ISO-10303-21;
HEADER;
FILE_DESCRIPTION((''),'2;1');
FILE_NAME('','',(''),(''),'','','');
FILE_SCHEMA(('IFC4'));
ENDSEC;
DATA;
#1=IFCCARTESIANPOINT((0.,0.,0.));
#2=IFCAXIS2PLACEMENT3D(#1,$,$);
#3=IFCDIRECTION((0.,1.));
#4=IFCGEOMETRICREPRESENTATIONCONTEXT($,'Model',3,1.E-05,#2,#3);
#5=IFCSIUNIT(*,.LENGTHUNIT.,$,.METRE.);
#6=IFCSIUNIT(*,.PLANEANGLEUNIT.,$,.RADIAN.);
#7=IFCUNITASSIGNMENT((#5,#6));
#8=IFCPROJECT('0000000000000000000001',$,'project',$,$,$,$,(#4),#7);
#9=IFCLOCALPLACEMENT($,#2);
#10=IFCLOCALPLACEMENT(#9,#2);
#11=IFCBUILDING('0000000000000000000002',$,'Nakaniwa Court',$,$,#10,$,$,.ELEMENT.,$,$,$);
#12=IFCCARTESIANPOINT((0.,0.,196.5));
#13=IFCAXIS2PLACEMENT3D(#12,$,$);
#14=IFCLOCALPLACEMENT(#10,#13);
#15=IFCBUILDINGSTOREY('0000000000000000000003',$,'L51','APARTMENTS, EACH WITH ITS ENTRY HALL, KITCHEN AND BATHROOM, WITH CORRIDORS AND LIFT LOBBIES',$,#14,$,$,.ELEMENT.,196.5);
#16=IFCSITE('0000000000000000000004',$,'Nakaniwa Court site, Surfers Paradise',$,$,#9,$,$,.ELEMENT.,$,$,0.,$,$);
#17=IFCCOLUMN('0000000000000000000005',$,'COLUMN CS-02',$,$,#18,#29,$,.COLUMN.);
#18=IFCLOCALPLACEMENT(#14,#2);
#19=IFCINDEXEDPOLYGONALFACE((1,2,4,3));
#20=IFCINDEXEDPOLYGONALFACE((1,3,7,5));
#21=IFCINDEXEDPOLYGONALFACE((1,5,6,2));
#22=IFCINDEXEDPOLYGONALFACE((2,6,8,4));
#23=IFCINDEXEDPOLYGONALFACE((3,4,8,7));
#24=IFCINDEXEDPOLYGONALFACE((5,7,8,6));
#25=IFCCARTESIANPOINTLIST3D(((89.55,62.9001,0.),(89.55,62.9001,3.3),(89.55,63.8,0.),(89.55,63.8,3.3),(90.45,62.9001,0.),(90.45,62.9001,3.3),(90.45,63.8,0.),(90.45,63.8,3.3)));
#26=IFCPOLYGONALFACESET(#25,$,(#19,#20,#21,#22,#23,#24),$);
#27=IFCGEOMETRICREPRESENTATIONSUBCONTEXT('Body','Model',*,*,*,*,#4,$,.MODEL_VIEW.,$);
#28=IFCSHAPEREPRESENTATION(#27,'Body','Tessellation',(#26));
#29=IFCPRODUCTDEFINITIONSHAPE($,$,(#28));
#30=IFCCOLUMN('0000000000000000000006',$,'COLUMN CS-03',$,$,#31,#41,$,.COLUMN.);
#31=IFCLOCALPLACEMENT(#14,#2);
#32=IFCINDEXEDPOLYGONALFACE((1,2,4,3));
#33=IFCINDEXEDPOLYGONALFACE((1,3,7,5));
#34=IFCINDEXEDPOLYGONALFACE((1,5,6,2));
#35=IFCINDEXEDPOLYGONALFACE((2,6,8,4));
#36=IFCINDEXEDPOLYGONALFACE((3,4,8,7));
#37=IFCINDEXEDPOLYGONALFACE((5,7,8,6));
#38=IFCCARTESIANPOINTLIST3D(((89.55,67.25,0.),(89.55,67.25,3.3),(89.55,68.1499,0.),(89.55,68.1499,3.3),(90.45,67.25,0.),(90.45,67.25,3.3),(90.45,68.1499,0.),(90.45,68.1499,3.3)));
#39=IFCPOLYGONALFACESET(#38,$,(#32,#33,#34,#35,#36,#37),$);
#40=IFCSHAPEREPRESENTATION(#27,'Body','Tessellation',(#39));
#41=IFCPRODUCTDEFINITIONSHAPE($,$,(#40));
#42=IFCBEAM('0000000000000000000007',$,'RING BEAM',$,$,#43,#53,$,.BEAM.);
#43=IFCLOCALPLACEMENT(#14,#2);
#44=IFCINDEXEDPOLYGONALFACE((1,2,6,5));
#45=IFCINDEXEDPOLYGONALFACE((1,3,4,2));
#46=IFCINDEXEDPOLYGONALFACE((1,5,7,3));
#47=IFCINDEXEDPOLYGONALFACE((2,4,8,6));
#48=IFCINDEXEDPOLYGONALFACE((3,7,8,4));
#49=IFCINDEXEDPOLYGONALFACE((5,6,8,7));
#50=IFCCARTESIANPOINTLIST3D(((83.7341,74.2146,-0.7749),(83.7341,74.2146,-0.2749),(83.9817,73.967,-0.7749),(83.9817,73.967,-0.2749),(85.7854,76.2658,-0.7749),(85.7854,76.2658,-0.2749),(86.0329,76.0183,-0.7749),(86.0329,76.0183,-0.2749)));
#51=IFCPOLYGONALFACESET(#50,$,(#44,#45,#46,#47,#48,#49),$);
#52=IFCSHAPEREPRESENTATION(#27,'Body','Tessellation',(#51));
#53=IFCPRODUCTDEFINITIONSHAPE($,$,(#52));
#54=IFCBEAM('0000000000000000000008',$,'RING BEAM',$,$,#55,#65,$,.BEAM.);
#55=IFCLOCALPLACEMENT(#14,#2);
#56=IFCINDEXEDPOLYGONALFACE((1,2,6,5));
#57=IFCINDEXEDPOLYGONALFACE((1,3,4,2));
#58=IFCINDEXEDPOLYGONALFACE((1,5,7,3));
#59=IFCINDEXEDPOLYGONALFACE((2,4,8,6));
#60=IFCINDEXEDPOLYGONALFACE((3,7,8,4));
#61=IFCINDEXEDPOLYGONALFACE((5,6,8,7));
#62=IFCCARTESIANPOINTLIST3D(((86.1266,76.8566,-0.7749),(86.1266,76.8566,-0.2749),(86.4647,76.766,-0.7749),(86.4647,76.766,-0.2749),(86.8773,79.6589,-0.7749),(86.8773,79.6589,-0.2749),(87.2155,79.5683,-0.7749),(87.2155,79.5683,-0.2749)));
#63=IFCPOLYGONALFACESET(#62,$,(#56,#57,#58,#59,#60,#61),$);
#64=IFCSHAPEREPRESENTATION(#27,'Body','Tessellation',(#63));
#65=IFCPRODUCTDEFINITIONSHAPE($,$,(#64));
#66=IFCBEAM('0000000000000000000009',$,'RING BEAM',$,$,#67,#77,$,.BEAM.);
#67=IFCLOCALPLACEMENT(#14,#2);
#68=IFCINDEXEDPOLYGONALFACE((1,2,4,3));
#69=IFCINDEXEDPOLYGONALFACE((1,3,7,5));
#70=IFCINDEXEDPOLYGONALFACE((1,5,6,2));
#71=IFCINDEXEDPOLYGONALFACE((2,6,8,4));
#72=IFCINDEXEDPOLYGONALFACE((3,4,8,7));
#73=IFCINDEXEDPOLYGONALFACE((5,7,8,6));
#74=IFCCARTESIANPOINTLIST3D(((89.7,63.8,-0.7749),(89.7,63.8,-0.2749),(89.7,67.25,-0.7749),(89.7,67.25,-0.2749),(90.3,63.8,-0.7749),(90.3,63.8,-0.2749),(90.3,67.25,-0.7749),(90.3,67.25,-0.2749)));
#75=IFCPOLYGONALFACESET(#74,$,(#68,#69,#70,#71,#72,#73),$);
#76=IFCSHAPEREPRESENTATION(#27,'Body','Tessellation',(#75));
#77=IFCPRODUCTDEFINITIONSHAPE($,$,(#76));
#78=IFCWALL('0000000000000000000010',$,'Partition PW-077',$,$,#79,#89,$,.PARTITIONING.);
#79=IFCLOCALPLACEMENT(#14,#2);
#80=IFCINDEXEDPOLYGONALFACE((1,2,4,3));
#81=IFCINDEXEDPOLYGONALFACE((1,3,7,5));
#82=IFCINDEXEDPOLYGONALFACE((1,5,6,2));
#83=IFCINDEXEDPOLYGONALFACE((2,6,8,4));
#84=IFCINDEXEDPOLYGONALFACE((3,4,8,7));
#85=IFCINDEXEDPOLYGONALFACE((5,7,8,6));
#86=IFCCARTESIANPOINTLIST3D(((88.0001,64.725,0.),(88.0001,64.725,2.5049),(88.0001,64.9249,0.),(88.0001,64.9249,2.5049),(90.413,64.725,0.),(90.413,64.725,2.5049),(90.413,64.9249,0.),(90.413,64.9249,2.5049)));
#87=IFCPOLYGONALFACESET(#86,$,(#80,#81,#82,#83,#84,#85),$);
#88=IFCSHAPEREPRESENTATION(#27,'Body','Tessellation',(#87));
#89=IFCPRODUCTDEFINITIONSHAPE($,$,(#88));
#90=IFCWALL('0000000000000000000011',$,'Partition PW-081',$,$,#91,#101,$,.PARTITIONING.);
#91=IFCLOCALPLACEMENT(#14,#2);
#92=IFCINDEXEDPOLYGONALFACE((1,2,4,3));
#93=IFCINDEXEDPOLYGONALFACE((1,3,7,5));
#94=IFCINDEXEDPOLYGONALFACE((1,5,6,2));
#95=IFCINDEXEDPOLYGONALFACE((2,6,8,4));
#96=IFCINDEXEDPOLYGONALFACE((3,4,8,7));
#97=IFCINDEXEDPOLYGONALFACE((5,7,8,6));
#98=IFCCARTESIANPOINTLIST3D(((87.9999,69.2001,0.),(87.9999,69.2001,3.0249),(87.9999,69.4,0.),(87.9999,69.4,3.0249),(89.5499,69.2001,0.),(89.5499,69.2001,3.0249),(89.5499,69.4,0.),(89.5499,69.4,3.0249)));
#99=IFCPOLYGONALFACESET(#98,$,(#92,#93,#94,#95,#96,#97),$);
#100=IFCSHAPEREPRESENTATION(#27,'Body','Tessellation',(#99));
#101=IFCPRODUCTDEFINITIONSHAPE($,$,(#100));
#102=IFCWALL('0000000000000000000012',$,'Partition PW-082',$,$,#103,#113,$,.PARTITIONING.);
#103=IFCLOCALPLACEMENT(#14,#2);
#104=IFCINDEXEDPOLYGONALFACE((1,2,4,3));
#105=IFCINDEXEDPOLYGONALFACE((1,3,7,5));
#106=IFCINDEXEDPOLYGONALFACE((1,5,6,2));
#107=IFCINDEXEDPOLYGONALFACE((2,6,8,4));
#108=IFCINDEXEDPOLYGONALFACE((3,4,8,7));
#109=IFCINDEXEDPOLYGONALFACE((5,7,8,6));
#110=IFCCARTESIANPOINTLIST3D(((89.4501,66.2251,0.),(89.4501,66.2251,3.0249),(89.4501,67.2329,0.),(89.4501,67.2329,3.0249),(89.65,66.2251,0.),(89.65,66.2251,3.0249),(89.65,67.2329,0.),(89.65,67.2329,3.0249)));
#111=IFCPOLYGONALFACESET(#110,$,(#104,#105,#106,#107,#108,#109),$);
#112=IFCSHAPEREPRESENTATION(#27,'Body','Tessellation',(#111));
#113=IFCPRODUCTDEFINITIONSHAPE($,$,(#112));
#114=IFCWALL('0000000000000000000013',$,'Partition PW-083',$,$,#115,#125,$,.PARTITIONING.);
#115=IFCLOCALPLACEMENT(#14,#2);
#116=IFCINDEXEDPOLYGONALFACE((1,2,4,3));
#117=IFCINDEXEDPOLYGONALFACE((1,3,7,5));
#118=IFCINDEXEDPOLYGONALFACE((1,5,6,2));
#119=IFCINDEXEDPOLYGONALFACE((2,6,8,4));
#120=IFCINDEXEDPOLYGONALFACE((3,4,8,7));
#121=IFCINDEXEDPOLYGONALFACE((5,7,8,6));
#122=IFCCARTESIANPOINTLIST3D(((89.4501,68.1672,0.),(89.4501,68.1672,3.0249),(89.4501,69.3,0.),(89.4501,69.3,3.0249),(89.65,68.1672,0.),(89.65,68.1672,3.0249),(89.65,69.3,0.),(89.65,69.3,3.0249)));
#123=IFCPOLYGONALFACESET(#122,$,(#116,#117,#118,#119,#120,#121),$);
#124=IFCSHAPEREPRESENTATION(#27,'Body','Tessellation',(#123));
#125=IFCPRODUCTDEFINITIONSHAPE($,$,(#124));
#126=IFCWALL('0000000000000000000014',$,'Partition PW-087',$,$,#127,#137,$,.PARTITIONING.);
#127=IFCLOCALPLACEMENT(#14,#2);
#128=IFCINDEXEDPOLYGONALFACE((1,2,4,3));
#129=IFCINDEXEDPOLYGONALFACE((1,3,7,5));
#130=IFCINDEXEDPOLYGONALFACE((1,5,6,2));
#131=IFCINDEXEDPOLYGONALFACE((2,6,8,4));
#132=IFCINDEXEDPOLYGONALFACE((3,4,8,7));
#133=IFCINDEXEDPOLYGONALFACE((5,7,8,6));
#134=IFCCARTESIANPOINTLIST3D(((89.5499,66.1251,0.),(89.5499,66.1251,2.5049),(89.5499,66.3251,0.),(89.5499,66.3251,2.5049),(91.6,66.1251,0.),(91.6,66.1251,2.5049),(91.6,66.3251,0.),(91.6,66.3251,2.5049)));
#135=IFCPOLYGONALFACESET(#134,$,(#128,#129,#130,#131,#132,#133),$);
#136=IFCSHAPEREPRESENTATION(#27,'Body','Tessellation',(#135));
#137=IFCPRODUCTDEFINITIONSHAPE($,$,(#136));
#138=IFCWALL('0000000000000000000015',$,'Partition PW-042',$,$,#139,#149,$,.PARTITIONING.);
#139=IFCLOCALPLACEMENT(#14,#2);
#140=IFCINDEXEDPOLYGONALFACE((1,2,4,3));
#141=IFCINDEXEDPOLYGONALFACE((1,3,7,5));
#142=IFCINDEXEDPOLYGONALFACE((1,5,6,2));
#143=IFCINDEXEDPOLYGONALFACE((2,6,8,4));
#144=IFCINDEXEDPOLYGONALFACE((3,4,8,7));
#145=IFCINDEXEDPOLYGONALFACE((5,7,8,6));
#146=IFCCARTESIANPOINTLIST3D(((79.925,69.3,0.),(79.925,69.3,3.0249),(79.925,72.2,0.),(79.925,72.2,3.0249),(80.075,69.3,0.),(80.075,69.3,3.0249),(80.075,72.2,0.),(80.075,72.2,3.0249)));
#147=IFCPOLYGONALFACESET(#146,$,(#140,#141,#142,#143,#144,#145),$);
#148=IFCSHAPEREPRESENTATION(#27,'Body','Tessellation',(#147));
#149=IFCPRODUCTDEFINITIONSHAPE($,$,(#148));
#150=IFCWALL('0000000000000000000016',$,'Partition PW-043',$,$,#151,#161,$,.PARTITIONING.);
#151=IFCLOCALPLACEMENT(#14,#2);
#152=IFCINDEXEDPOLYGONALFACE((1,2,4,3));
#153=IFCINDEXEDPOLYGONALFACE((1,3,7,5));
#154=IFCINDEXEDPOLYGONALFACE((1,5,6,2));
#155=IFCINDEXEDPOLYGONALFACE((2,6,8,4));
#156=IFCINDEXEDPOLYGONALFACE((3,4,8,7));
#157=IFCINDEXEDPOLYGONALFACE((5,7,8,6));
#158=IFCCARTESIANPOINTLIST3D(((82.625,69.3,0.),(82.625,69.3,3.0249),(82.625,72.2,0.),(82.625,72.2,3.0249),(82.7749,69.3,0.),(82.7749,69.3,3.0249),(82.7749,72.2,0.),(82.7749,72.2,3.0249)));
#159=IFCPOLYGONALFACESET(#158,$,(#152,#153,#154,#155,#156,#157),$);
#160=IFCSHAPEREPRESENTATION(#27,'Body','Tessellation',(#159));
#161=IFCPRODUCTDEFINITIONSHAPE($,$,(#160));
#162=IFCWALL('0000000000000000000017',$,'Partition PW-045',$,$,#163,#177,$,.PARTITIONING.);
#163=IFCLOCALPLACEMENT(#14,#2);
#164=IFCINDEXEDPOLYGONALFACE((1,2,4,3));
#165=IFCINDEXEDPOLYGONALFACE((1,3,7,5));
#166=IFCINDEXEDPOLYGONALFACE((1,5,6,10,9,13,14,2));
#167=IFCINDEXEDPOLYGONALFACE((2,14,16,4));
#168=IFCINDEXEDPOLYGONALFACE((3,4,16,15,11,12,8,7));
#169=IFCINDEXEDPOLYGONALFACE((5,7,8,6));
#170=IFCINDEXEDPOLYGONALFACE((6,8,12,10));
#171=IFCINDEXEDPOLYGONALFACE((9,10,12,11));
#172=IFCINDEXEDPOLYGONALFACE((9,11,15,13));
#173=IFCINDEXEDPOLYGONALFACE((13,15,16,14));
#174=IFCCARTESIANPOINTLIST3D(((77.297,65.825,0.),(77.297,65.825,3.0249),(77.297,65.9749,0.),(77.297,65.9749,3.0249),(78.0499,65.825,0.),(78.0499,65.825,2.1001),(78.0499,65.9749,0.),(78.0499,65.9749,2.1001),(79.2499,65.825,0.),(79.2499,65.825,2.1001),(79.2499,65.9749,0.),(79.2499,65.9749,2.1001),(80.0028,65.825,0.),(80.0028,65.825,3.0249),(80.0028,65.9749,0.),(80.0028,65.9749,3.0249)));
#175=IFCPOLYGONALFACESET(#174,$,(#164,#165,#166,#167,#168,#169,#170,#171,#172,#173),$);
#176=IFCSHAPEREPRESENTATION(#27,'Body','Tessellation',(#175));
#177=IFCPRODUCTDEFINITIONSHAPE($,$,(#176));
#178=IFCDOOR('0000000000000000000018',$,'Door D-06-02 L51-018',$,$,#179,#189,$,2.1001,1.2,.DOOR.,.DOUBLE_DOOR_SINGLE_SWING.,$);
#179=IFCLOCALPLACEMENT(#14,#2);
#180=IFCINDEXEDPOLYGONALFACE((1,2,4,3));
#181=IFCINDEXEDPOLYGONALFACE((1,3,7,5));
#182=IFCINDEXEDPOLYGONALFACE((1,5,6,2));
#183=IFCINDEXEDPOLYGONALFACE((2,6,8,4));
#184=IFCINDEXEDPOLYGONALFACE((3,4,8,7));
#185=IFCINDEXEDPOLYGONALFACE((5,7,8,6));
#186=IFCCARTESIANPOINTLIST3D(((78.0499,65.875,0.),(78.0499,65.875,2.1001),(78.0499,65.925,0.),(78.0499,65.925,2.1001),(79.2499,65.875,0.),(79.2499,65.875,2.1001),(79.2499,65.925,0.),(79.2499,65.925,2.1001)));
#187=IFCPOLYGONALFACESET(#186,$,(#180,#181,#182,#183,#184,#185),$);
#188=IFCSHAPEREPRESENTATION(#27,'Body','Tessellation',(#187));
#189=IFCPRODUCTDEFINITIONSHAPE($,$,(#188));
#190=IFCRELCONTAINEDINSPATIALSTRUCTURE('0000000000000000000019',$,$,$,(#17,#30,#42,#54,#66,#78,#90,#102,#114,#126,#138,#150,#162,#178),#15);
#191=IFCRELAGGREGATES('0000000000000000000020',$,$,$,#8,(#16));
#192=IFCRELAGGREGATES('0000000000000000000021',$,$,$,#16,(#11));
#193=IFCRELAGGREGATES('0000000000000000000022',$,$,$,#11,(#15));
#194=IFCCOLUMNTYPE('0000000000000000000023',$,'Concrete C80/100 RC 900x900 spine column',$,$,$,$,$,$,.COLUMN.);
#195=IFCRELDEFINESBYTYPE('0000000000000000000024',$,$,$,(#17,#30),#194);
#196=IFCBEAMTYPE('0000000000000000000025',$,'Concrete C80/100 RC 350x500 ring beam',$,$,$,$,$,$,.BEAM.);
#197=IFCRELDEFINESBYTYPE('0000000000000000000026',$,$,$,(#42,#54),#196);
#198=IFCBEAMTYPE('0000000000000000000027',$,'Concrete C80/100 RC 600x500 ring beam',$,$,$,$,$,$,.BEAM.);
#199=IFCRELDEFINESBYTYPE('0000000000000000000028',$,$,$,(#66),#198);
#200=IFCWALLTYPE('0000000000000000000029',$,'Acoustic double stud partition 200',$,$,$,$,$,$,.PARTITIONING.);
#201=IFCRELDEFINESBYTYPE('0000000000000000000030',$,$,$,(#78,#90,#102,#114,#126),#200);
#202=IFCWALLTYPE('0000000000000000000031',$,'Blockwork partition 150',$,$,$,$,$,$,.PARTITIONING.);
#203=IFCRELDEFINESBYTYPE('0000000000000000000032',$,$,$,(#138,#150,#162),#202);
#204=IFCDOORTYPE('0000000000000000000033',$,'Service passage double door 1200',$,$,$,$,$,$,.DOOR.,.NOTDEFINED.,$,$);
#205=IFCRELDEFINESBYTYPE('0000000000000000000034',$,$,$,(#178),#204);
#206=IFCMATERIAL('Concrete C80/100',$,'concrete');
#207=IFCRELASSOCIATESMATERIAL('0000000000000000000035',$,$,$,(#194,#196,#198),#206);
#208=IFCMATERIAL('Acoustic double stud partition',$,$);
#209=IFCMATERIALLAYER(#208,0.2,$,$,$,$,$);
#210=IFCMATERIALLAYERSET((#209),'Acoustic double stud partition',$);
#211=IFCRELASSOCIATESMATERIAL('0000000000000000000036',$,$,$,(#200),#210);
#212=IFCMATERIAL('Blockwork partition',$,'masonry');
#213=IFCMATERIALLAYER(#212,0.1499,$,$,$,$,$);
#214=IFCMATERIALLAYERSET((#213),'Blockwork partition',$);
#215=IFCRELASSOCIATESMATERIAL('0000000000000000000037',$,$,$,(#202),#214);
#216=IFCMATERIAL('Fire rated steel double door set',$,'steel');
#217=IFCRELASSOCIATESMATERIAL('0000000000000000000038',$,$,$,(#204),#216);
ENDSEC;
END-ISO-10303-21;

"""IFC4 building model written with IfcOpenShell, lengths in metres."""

from ifc_helpers import new_model, si_unit, direction, frame, frame_2d, origin, origin_2d, place, context, subcontext, project, spatial, rectangle, extrude, material, layer, layer_set, material_profile, profile_set, type_object, element, fill, save


model = new_model("IFC4")

# Units and contexts
model_context = context("Model", 3, precision=1e-05, world=origin(), true_north=direction((0.0, 1.0)))
body_context = subcontext(model_context, "Body", "Model", "MODEL_VIEW")
ifc_project = project(units=[si_unit("LENGTHUNIT", "METRE"), si_unit("PLANEANGLEUNIT", "RADIAN")], contexts=[model_context])

# Site, building, storey
site_placement = place(None, origin())
site = spatial("IfcSite", under=ifc_project, at=site_placement, Name="Nakaniwa Court site, Surfers Paradise", CompositionType="ELEMENT", RefElevation=0.0)
building_placement = place(site_placement, origin())
building = spatial("IfcBuilding", under=site, at=building_placement, Name="Nakaniwa Court", CompositionType="ELEMENT")
storey_placement = place(building_placement, frame((0.0, 0.0, 196.5)))
storey = spatial("IfcBuildingStorey", under=building, at=storey_placement, Name="L51", Description="APARTMENTS, EACH WITH ITS ENTRY HALL, KITCHEN AND BATHROOM, WITH CORRIDORS AND LIFT LOBBIES", CompositionType="ELEMENT", Elevation=196.5)

# Columns
ifc_material_1 = material(Name="Concrete C80/100", Category="concrete")
ifc_material_profile_1 = material_profile(ifc_material_1, rectangle(XDim=0.8999, YDim=0.8999, at=origin_2d()), Name="Concrete C80/100 RC 900x900 spine column")
ifc_profile_set_1 = profile_set([ifc_material_profile_1], Name="Concrete C80/100")
column_type_1 = type_object("IfcColumnType", Name="Concrete C80/100 RC 900x900 spine column", PredefinedType="COLUMN", material=ifc_profile_set_1)
for number, where, z_axis, x_axis, name in (
    (1, (90.0, 63.3501, 0.0), (0.0, 0.0, 1.0), (0.0, 1.0, 0.0), "COLUMN CS-02"),
    (2, (90.0, 67.7, 0.0), (0.0, 0.0, 1.0), (0.0, 1.0, 0.0), "COLUMN CS-03"),
):
    element("IfcColumn", number, at=place(storey_placement, frame(where, z_axis=z_axis, x_axis=x_axis)), inside=storey, type_object=column_type_1, Name=name, PredefinedType="COLUMN", context=body_context, shape_type="SweptSolid", body=[
        extrude(rectangle(XDim=0.8999, YDim=0.8999, at=origin_2d()), origin(), (0.0, 0.0, 1.0), 3.3),
    ])

# Beams
ifc_material_profile_2 = material_profile(ifc_material_1, rectangle(XDim=0.3501, YDim=0.5, at=origin_2d()), Name="Concrete C80/100 RC 350x500 ring beam")
ifc_profile_set_2 = profile_set([ifc_material_profile_2], Name="Concrete C80/100")
beam_type_1 = type_object("IfcBeamType", Name="Concrete C80/100 RC 350x500 ring beam", PredefinedType="BEAM", material=ifc_profile_set_2)
beam_1_placement = place(storey_placement, frame((83.8579, 74.0908, -0.5249), z_axis=(0.707107, 0.707107, 0.0), x_axis=(-0.707107, 0.707107, 0.0)))
element("IfcBeam", 3, at=beam_1_placement, inside=storey, type_object=beam_type_1, Name="RING BEAM", PredefinedType="BEAM", context=body_context, shape_type="SweptSolid", body=[
    extrude(rectangle(XDim=0.3501, YDim=0.5, at=origin_2d()), origin(), (0.0, 0.0, 1.0), 2.9009),
])
beam_2_placement = place(storey_placement, frame((86.2957, 76.8113, -0.5249), z_axis=(0.258778, 0.965937, 0.0), x_axis=(-0.965937, 0.258778, 0.0)))
element("IfcBeam", 4, at=beam_2_placement, inside=storey, type_object=beam_type_1, Name="RING BEAM", PredefinedType="BEAM", context=body_context, shape_type="SweptSolid", body=[
    extrude(rectangle(XDim=0.3501, YDim=0.5, at=origin_2d()), origin(), (0.0, 0.0, 1.0), 2.9011),
])
ifc_material_profile_3 = material_profile(ifc_material_1, rectangle(XDim=0.6001, YDim=0.5, at=origin_2d()), Name="Concrete C80/100 RC 600x500 ring beam")
ifc_profile_set_3 = profile_set([ifc_material_profile_3], Name="Concrete C80/100")
beam_type_2 = type_object("IfcBeamType", Name="Concrete C80/100 RC 600x500 ring beam", PredefinedType="BEAM", material=ifc_profile_set_3)
beam_3_placement = place(storey_placement, frame((90.0, 63.8, -0.5249), z_axis=(0.0, 1.0, 0.0), x_axis=(-1.0, 0.0, 0.0)))
element("IfcBeam", 5, at=beam_3_placement, inside=storey, type_object=beam_type_2, Name="RING BEAM", PredefinedType="BEAM", context=body_context, shape_type="SweptSolid", body=[
    extrude(rectangle(XDim=0.6001, YDim=0.5, at=origin_2d()), origin(), (0.0, 0.0, 1.0), 3.45),
])

# Walls
ifc_material_2 = material(Name="Acoustic double stud partition")
ifc_layer_1 = layer(ifc_material_2, 0.2)
ifc_layer_set_1 = layer_set([ifc_layer_1], Name="Acoustic double stud partition")
wall_type_1 = type_object("IfcWallType", Name="Acoustic double stud partition 200", PredefinedType="PARTITIONING", material=ifc_layer_set_1)
wall_1_placement = place(storey_placement, frame((88.0, 64.825, 0.0), z_axis=(0.0, 0.0, 1.0), x_axis=(1.0, 0.0, 0.0)))
element("IfcWall", 6, at=wall_1_placement, inside=storey, type_object=wall_type_1, Name="Partition PW-077", PredefinedType="PARTITIONING", context=body_context, shape_type="SweptSolid", body=[
    extrude(rectangle(XDim=2.4128, YDim=0.2, at=frame_2d((1.2065, 0.0))), origin(), (0.0, 0.0, 1.0), 2.5049),
])
wall_2_placement = place(storey_placement, frame((88.0, 69.3, 0.0), z_axis=(0.0, 0.0, 1.0), x_axis=(1.0, 0.0, 0.0)))
element("IfcWall", 7, at=wall_2_placement, inside=storey, type_object=wall_type_1, Name="Partition PW-081", PredefinedType="PARTITIONING", context=body_context, shape_type="SweptSolid", body=[
    extrude(rectangle(XDim=1.55, YDim=0.2, at=frame_2d((0.7749, 0.0))), origin(), (0.0, 0.0, 1.0), 3.0249),
])
wall_3_placement = place(storey_placement, frame((89.55, 66.2251, 0.0), z_axis=(0.0, 0.0, 1.0), x_axis=(0.0, 1.0, 0.0)))
element("IfcWall", 8, at=wall_3_placement, inside=storey, type_object=wall_type_1, Name="Partition PW-082", PredefinedType="PARTITIONING", context=body_context, shape_type="SweptSolid", body=[
    extrude(rectangle(XDim=1.0078, YDim=0.2, at=frame_2d((0.5039, 0.0))), origin(), (0.0, 0.0, 1.0), 3.0249),
])
wall_4_placement = place(storey_placement, frame((89.55, 68.1672, 0.0), z_axis=(0.0, 0.0, 1.0), x_axis=(0.0, 1.0, 0.0)))
element("IfcWall", 9, at=wall_4_placement, inside=storey, type_object=wall_type_1, Name="Partition PW-083", PredefinedType="PARTITIONING", context=body_context, shape_type="SweptSolid", body=[
    extrude(rectangle(XDim=1.1328, YDim=0.2, at=frame_2d((0.5664, 0.0))), origin(), (0.0, 0.0, 1.0), 3.0249),
])
wall_5_placement = place(storey_placement, frame((89.55, 66.2251, 0.0), z_axis=(0.0, 0.0, 1.0), x_axis=(1.0, 0.0, 0.0)))
element("IfcWall", 10, at=wall_5_placement, inside=storey, type_object=wall_type_1, Name="Partition PW-087", PredefinedType="PARTITIONING", context=body_context, shape_type="SweptSolid", body=[
    extrude(rectangle(XDim=2.05, YDim=0.2, at=frame_2d((1.0249, 0.0))), origin(), (0.0, 0.0, 1.0), 2.5049),
])
ifc_material_3 = material(Name="Blockwork partition", Category="masonry")
ifc_layer_2 = layer(ifc_material_3, 0.1499)
ifc_layer_set_2 = layer_set([ifc_layer_2], Name="Blockwork partition")
wall_type_2 = type_object("IfcWallType", Name="Blockwork partition 150", PredefinedType="PARTITIONING", material=ifc_layer_set_2)
for number, where, z_axis, x_axis, name in (
    (11, (80.0, 69.3, 0.0), (0.0, 0.0, 1.0), (0.0, 1.0, 0.0), "Partition PW-042"),
    (12, (82.7, 69.3, 0.0), (0.0, 0.0, 1.0), (0.0, 1.0, 0.0), "Partition PW-043"),
):
    element("IfcWall", number, at=place(storey_placement, frame(where, z_axis=z_axis, x_axis=x_axis)), inside=storey, type_object=wall_type_2, Name=name, PredefinedType="PARTITIONING", context=body_context, shape_type="SweptSolid", body=[
        extrude(rectangle(XDim=2.8999, YDim=0.1499, at=frame_2d((1.45, 0.0))), origin(), (0.0, 0.0, 1.0), 3.0249),
    ])

# Wall, opening, door
wall_6_placement = place(storey_placement, frame((80.0029, 65.8999, 0.0), z_axis=(0.0, 0.0, 1.0), x_axis=(-1.0, 0.0, 0.0)))
wall_6 = element("IfcWall", 13, at=wall_6_placement, inside=storey, type_object=wall_type_2, Name="Partition PW-045", PredefinedType="PARTITIONING", context=body_context, shape_type="SweptSolid", body=[
    extrude(rectangle(XDim=2.7058, YDim=0.1499, at=frame_2d((1.353, 0.0))), origin(), (0.0, 0.0, 1.0), 3.0249),
])
opening_1_placement = place(wall_6_placement, frame((0.7529, 0.0, 0.0)))
opening_1 = element("IfcOpeningElement", 14, at=opening_1_placement, cuts=wall_6, PredefinedType="OPENING", context=body_context, shape_type="SweptSolid", body=[
    extrude(rectangle(XDim=1.2, YDim=2.1001, at=frame_2d((0.6001, 1.05))), frame((0.0, 0.085, 0.0), z_axis=(0.0, -1.0, 0.0), x_axis=(1.0, 0.0, 0.0)), (0.0, 0.0, 1.0), 0.1699),
])
ifc_material_4 = material(Name="Fire rated steel double door set", Category="steel")
door_type_1 = type_object("IfcDoorType", Name="Service passage double door 1200", OperationType="NOTDEFINED", PredefinedType="DOOR", material=ifc_material_4)
door_1_placement = place(opening_1_placement, origin())
door_1 = element("IfcDoor", 15, at=door_1_placement, inside=storey, type_object=door_type_1, Name="Door D-06-02 L51-018", OperationType="DOUBLE_DOOR_SINGLE_SWING", OverallHeight=2.1001, OverallWidth=1.2, PredefinedType="DOOR", context=body_context, shape_type="SweptSolid", body=[
    extrude(rectangle(XDim=1.2, YDim=2.1001, at=frame_2d((0.6001, 1.05))), frame((0.0, 0.0249, 0.0), z_axis=(0.0, -1.0, 0.0), x_axis=(1.0, 0.0, 0.0)), (0.0, 0.0, 1.0), 0.05),
])
fill(opening_1, door_1)

save(model, "model.ifc")
